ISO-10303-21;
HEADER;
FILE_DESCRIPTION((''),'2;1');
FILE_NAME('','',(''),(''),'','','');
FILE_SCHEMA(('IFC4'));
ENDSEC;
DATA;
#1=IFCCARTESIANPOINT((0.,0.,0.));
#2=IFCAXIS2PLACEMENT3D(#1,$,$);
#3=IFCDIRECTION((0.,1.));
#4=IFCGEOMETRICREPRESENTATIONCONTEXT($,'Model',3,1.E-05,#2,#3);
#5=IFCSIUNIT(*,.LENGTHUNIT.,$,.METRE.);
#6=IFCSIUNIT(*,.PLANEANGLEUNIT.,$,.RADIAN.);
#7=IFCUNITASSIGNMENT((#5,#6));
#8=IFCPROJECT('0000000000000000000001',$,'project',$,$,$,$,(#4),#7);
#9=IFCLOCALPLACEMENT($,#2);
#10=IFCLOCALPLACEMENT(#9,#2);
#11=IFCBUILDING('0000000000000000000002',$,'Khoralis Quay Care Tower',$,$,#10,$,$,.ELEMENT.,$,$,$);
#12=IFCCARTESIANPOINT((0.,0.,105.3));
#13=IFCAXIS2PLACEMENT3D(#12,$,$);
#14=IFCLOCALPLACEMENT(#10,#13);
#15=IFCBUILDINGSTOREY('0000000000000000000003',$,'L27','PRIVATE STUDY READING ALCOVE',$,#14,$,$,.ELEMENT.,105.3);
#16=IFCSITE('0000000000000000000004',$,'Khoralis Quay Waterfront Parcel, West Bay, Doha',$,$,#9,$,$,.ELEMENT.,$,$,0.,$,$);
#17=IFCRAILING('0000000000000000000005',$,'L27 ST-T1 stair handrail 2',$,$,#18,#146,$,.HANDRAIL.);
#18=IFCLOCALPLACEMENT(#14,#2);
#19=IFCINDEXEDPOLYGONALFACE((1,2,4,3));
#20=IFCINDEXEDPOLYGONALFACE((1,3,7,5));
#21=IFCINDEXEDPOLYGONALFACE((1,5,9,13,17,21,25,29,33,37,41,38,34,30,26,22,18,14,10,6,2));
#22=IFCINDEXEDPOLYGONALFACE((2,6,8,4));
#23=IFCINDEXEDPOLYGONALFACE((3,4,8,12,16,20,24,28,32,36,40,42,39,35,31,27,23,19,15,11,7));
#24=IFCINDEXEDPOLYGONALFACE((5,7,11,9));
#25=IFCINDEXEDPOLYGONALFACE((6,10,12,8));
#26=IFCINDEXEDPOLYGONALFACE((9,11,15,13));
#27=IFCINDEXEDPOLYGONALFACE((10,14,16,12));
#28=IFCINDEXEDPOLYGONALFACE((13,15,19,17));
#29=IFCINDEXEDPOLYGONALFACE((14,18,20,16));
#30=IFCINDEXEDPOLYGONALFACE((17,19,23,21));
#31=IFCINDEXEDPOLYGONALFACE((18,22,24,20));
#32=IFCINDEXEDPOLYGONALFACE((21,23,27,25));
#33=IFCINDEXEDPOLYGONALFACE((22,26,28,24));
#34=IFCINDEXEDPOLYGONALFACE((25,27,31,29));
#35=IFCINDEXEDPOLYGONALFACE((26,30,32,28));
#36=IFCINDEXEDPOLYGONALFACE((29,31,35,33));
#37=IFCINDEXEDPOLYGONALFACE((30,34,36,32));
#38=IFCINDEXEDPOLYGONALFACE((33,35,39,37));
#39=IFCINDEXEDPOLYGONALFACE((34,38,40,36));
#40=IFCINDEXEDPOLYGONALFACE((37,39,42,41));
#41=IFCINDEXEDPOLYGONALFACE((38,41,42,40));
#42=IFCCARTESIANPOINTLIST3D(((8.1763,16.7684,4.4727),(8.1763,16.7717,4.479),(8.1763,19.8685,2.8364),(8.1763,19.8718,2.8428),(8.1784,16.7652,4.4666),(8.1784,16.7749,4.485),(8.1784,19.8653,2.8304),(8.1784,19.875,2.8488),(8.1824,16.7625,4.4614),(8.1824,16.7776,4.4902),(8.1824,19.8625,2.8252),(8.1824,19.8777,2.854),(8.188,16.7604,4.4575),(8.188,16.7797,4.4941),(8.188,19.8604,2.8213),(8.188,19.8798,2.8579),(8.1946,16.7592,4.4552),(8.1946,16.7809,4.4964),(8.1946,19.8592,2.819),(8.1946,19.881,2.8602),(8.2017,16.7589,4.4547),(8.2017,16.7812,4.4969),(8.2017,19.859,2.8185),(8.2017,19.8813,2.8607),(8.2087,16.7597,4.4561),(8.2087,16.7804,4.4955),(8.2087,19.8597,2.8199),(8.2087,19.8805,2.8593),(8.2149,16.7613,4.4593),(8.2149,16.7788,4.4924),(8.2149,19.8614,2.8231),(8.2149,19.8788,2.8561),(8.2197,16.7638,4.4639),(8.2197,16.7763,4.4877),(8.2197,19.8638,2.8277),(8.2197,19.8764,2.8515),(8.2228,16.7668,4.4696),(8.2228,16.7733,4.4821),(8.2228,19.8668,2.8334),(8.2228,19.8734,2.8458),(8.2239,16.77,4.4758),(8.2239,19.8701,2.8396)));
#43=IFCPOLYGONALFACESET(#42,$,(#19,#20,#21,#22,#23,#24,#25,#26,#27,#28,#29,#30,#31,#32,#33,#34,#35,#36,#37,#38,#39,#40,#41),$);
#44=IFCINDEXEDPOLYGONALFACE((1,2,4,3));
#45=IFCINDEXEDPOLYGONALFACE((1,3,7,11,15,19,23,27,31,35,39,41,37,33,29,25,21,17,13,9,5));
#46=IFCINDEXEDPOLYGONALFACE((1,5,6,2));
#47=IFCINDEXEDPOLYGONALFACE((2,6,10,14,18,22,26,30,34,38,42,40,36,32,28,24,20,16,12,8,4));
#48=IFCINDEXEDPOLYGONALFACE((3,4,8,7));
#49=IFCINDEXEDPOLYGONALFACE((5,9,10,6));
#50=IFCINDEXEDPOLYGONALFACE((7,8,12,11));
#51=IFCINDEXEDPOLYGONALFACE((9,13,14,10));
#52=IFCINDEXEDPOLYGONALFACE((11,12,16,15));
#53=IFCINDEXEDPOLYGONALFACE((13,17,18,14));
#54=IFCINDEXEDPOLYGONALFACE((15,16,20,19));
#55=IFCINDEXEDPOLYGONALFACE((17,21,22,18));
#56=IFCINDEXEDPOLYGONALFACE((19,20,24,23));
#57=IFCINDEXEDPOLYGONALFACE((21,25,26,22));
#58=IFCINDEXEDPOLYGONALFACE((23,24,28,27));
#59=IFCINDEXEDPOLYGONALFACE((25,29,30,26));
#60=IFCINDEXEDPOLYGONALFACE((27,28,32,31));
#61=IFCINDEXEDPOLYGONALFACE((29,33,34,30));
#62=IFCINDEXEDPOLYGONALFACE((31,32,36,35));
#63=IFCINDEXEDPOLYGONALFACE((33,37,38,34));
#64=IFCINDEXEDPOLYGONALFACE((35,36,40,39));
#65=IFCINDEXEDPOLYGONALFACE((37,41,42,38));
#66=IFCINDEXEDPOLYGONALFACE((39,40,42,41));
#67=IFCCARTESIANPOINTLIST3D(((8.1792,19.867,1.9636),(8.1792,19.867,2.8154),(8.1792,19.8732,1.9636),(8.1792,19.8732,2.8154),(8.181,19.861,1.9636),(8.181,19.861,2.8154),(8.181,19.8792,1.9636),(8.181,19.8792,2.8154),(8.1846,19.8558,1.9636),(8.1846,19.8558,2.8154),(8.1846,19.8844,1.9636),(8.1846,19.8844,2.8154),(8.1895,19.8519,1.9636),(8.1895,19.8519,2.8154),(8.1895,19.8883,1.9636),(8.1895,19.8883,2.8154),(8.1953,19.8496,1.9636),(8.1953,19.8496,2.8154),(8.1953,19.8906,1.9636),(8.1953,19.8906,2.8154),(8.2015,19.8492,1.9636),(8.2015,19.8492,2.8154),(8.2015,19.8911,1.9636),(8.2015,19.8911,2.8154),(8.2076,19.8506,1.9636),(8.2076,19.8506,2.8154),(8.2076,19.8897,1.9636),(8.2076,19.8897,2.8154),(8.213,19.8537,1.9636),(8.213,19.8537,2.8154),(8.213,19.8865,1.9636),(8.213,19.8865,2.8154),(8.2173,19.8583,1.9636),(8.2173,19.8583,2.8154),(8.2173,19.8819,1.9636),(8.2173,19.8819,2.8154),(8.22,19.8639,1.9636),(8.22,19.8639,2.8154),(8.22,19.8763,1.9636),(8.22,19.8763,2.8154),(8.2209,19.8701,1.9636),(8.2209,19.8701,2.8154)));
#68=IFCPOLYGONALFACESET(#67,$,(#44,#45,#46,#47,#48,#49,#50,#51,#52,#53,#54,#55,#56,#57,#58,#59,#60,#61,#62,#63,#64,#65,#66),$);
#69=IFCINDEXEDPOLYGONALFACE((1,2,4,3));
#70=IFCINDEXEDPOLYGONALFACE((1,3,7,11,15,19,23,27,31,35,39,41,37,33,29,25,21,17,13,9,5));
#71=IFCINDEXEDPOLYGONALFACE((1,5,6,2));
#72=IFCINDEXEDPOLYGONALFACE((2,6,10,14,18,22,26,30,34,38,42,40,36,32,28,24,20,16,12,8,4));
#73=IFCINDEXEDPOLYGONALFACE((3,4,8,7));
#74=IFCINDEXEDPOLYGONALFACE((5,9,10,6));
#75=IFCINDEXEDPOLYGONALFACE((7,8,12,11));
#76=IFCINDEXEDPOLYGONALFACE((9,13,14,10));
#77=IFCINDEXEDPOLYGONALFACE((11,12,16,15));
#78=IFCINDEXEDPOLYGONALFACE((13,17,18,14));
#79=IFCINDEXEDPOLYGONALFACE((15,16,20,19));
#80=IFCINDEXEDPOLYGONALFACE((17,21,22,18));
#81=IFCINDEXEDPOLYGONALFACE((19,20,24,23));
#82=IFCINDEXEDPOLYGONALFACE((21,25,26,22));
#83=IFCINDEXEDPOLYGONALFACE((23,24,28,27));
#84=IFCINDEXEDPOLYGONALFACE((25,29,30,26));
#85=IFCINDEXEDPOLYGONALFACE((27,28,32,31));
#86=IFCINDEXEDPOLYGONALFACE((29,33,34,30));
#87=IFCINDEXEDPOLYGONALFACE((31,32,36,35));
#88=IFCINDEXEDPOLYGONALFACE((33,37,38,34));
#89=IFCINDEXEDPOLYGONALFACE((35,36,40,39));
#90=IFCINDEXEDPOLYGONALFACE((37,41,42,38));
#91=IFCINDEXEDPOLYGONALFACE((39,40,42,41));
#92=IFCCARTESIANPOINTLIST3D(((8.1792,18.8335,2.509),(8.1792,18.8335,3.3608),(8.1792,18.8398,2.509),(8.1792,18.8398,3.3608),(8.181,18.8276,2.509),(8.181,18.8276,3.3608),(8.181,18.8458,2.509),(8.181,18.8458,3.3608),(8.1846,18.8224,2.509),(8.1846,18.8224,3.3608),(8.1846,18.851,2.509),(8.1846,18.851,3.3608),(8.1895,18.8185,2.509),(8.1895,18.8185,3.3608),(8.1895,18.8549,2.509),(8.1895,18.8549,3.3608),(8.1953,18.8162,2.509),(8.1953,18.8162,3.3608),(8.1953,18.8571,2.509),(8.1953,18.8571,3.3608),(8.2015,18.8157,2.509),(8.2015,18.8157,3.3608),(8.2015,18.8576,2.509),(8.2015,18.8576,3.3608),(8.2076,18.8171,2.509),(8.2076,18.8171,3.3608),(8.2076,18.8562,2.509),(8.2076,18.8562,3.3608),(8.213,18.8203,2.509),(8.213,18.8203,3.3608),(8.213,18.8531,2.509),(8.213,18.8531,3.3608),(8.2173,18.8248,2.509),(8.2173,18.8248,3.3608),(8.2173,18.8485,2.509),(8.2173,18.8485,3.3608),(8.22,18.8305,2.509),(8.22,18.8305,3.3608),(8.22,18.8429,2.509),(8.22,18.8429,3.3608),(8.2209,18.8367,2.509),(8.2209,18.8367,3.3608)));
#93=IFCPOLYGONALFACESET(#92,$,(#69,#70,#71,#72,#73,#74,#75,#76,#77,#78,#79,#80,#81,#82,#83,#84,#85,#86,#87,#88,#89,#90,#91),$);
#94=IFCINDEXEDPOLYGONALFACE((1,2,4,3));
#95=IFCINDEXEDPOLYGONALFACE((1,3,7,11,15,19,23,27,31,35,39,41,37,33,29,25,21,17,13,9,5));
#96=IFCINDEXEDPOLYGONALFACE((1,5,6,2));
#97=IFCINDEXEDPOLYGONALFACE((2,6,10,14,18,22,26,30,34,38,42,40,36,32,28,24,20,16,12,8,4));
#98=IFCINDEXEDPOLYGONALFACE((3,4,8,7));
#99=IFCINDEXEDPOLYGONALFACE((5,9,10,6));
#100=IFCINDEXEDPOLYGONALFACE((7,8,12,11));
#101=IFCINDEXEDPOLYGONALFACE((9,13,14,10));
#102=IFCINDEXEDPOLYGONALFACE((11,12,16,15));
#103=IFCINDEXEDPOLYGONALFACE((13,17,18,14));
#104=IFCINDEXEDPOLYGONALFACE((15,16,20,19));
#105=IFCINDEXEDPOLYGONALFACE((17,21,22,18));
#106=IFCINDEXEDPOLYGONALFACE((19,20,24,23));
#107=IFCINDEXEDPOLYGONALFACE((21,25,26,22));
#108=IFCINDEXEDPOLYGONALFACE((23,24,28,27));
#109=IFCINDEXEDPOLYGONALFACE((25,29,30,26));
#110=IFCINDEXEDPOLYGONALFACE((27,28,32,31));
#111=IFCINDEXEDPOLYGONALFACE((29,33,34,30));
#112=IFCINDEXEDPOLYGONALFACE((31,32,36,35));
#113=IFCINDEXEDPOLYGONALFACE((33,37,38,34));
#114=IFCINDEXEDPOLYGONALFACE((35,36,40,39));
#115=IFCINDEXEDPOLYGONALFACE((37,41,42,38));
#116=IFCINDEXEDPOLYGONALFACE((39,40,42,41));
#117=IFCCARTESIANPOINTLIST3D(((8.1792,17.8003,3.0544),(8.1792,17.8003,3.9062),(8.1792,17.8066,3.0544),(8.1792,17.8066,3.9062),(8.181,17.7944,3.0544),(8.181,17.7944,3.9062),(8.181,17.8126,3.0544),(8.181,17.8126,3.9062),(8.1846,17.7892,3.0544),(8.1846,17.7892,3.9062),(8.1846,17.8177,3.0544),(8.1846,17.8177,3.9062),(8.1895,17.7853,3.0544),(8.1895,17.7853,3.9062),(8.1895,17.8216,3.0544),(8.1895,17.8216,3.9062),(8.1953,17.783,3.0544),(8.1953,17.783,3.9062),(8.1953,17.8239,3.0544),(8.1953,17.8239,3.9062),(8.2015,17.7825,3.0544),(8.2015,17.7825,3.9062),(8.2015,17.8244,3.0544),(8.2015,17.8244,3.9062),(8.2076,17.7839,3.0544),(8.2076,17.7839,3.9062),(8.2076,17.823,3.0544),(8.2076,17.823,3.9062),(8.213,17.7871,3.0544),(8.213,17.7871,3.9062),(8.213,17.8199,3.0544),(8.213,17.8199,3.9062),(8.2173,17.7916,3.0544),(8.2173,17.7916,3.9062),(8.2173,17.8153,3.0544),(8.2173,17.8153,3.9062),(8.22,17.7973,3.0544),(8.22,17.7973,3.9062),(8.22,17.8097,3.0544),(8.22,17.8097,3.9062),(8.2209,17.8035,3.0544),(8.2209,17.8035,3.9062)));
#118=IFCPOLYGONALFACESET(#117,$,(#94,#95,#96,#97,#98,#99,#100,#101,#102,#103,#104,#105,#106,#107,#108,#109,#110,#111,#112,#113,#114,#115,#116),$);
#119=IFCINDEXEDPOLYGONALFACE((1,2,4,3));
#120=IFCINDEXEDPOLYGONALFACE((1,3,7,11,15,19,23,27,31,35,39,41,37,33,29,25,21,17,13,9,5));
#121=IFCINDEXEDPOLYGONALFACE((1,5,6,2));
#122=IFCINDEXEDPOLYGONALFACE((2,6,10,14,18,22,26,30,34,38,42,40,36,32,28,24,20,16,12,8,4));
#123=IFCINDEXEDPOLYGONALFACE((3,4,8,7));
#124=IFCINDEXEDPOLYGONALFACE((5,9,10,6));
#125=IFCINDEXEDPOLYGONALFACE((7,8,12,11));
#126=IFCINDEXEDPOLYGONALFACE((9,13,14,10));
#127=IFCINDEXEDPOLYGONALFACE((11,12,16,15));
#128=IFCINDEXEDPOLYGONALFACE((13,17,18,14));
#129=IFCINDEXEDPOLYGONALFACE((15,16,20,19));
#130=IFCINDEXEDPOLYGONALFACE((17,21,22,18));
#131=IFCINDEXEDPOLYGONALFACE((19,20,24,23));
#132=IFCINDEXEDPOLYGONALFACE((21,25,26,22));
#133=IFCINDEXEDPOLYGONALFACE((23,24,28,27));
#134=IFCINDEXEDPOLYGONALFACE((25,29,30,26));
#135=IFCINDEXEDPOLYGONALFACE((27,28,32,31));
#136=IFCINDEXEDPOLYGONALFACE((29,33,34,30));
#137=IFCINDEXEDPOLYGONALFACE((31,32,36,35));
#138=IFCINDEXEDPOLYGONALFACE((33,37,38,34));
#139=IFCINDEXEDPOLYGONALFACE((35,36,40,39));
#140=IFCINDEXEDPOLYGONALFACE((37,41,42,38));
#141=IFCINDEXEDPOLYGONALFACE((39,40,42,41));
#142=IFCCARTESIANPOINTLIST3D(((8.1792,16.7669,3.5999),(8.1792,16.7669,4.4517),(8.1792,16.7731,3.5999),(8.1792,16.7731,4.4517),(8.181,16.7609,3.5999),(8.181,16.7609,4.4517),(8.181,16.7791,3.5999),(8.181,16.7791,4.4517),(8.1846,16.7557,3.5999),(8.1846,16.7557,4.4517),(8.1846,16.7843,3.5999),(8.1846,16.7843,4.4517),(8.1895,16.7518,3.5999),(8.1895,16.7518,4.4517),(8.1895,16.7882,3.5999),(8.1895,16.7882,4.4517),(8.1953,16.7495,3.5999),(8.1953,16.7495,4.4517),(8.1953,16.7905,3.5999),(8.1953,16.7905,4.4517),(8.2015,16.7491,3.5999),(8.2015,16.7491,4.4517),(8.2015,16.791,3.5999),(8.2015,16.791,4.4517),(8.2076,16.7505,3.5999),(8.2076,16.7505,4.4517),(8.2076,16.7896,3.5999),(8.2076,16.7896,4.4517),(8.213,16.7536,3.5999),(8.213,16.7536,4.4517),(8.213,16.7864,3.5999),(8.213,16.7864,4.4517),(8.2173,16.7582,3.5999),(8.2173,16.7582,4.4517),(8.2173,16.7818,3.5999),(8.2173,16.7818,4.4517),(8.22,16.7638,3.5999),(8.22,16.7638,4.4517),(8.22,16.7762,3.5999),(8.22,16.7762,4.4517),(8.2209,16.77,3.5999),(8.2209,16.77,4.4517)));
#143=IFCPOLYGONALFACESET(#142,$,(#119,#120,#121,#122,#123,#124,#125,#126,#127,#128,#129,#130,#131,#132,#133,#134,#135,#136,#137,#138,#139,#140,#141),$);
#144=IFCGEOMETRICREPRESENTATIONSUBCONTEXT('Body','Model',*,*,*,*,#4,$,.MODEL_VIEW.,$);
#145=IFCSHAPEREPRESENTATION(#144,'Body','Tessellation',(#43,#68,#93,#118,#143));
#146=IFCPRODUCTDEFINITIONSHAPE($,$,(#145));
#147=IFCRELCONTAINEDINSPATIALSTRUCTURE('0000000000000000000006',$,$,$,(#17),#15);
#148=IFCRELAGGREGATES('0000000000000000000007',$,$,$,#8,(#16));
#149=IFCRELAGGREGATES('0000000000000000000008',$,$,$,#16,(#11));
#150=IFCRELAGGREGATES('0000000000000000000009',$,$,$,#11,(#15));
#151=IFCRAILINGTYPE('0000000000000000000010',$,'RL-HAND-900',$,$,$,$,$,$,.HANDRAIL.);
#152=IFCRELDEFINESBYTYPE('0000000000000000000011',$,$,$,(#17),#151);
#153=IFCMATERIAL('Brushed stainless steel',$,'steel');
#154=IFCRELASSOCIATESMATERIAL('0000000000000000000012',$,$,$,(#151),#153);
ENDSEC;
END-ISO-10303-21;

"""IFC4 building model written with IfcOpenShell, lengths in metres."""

from ifc_helpers import new_model, si_unit, direction, frame, origin, origin_2d, place, context, subcontext, project, spatial, circle, extrude, material, type_object, element, save


model = new_model("IFC4")

# Units and contexts
model_context = context("Model", 3, precision=1e-05, world=origin(), true_north=direction((0.0, 1.0)))
body_context = subcontext(model_context, "Body", "Model", "MODEL_VIEW")
ifc_project = project(units=[si_unit("LENGTHUNIT", "METRE"), si_unit("PLANEANGLEUNIT", "RADIAN")], contexts=[model_context])

# Site, building, storey
site_placement = place(None, origin())
site = spatial("IfcSite", under=ifc_project, at=site_placement, Name="Khoralis Quay Waterfront Parcel, West Bay, Doha", CompositionType="ELEMENT", RefElevation=0.0)
building_placement = place(site_placement, origin())
building = spatial("IfcBuilding", under=site, at=building_placement, Name="Khoralis Quay Care Tower", CompositionType="ELEMENT")
storey_placement = place(building_placement, frame((0.0, 0.0, 105.3)))
storey = spatial("IfcBuildingStorey", under=building, at=storey_placement, Name="L27", Description="PRIVATE STUDY READING ALCOVE", CompositionType="ELEMENT", Elevation=105.3)

# Shared definitions
ifc_material_1 = material(Name="Brushed stainless steel", Category="steel")

# Railing
railing_type_1 = type_object("IfcRailingType", Name="RL-HAND-900", PredefinedType="HANDRAIL", material=ifc_material_1)
railing_1_placement = place(storey_placement, frame((8.2, 19.8701, 1.9636)))
element("IfcRailing", 1, at=railing_1_placement, inside=storey, type_object=railing_type_1, Name="L27 ST-T1 stair handrail 2", PredefinedType="HANDRAIL", context=body_context, shape_type="SweptSolid", body=[
    extrude(circle(Radius=0.0239, at=origin_2d()), frame((0.0, 0.0, 0.876), z_axis=(0.0, -0.884377, 0.466774), x_axis=(1.0, 0.0, 0.0)), (0.0, 0.0, 1.0), 3.5054),
    extrude(circle(Radius=0.021, at=origin_2d()), origin(), (0.0, 0.0, 1.0), 0.8518),
    extrude(circle(Radius=0.021, at=origin_2d()), frame((0.0, -1.0334, 0.5454)), (0.0, 0.0, 1.0), 0.8518),
    extrude(circle(Radius=0.021, at=origin_2d()), frame((0.0, -2.0667, 1.0908)), (0.0, 0.0, 1.0), 0.8518),
    extrude(circle(Radius=0.021, at=origin_2d()), frame((0.0, -3.1001, 1.6362)), (0.0, 0.0, 1.0), 0.8518),
])

save(model, "model.ifc")
